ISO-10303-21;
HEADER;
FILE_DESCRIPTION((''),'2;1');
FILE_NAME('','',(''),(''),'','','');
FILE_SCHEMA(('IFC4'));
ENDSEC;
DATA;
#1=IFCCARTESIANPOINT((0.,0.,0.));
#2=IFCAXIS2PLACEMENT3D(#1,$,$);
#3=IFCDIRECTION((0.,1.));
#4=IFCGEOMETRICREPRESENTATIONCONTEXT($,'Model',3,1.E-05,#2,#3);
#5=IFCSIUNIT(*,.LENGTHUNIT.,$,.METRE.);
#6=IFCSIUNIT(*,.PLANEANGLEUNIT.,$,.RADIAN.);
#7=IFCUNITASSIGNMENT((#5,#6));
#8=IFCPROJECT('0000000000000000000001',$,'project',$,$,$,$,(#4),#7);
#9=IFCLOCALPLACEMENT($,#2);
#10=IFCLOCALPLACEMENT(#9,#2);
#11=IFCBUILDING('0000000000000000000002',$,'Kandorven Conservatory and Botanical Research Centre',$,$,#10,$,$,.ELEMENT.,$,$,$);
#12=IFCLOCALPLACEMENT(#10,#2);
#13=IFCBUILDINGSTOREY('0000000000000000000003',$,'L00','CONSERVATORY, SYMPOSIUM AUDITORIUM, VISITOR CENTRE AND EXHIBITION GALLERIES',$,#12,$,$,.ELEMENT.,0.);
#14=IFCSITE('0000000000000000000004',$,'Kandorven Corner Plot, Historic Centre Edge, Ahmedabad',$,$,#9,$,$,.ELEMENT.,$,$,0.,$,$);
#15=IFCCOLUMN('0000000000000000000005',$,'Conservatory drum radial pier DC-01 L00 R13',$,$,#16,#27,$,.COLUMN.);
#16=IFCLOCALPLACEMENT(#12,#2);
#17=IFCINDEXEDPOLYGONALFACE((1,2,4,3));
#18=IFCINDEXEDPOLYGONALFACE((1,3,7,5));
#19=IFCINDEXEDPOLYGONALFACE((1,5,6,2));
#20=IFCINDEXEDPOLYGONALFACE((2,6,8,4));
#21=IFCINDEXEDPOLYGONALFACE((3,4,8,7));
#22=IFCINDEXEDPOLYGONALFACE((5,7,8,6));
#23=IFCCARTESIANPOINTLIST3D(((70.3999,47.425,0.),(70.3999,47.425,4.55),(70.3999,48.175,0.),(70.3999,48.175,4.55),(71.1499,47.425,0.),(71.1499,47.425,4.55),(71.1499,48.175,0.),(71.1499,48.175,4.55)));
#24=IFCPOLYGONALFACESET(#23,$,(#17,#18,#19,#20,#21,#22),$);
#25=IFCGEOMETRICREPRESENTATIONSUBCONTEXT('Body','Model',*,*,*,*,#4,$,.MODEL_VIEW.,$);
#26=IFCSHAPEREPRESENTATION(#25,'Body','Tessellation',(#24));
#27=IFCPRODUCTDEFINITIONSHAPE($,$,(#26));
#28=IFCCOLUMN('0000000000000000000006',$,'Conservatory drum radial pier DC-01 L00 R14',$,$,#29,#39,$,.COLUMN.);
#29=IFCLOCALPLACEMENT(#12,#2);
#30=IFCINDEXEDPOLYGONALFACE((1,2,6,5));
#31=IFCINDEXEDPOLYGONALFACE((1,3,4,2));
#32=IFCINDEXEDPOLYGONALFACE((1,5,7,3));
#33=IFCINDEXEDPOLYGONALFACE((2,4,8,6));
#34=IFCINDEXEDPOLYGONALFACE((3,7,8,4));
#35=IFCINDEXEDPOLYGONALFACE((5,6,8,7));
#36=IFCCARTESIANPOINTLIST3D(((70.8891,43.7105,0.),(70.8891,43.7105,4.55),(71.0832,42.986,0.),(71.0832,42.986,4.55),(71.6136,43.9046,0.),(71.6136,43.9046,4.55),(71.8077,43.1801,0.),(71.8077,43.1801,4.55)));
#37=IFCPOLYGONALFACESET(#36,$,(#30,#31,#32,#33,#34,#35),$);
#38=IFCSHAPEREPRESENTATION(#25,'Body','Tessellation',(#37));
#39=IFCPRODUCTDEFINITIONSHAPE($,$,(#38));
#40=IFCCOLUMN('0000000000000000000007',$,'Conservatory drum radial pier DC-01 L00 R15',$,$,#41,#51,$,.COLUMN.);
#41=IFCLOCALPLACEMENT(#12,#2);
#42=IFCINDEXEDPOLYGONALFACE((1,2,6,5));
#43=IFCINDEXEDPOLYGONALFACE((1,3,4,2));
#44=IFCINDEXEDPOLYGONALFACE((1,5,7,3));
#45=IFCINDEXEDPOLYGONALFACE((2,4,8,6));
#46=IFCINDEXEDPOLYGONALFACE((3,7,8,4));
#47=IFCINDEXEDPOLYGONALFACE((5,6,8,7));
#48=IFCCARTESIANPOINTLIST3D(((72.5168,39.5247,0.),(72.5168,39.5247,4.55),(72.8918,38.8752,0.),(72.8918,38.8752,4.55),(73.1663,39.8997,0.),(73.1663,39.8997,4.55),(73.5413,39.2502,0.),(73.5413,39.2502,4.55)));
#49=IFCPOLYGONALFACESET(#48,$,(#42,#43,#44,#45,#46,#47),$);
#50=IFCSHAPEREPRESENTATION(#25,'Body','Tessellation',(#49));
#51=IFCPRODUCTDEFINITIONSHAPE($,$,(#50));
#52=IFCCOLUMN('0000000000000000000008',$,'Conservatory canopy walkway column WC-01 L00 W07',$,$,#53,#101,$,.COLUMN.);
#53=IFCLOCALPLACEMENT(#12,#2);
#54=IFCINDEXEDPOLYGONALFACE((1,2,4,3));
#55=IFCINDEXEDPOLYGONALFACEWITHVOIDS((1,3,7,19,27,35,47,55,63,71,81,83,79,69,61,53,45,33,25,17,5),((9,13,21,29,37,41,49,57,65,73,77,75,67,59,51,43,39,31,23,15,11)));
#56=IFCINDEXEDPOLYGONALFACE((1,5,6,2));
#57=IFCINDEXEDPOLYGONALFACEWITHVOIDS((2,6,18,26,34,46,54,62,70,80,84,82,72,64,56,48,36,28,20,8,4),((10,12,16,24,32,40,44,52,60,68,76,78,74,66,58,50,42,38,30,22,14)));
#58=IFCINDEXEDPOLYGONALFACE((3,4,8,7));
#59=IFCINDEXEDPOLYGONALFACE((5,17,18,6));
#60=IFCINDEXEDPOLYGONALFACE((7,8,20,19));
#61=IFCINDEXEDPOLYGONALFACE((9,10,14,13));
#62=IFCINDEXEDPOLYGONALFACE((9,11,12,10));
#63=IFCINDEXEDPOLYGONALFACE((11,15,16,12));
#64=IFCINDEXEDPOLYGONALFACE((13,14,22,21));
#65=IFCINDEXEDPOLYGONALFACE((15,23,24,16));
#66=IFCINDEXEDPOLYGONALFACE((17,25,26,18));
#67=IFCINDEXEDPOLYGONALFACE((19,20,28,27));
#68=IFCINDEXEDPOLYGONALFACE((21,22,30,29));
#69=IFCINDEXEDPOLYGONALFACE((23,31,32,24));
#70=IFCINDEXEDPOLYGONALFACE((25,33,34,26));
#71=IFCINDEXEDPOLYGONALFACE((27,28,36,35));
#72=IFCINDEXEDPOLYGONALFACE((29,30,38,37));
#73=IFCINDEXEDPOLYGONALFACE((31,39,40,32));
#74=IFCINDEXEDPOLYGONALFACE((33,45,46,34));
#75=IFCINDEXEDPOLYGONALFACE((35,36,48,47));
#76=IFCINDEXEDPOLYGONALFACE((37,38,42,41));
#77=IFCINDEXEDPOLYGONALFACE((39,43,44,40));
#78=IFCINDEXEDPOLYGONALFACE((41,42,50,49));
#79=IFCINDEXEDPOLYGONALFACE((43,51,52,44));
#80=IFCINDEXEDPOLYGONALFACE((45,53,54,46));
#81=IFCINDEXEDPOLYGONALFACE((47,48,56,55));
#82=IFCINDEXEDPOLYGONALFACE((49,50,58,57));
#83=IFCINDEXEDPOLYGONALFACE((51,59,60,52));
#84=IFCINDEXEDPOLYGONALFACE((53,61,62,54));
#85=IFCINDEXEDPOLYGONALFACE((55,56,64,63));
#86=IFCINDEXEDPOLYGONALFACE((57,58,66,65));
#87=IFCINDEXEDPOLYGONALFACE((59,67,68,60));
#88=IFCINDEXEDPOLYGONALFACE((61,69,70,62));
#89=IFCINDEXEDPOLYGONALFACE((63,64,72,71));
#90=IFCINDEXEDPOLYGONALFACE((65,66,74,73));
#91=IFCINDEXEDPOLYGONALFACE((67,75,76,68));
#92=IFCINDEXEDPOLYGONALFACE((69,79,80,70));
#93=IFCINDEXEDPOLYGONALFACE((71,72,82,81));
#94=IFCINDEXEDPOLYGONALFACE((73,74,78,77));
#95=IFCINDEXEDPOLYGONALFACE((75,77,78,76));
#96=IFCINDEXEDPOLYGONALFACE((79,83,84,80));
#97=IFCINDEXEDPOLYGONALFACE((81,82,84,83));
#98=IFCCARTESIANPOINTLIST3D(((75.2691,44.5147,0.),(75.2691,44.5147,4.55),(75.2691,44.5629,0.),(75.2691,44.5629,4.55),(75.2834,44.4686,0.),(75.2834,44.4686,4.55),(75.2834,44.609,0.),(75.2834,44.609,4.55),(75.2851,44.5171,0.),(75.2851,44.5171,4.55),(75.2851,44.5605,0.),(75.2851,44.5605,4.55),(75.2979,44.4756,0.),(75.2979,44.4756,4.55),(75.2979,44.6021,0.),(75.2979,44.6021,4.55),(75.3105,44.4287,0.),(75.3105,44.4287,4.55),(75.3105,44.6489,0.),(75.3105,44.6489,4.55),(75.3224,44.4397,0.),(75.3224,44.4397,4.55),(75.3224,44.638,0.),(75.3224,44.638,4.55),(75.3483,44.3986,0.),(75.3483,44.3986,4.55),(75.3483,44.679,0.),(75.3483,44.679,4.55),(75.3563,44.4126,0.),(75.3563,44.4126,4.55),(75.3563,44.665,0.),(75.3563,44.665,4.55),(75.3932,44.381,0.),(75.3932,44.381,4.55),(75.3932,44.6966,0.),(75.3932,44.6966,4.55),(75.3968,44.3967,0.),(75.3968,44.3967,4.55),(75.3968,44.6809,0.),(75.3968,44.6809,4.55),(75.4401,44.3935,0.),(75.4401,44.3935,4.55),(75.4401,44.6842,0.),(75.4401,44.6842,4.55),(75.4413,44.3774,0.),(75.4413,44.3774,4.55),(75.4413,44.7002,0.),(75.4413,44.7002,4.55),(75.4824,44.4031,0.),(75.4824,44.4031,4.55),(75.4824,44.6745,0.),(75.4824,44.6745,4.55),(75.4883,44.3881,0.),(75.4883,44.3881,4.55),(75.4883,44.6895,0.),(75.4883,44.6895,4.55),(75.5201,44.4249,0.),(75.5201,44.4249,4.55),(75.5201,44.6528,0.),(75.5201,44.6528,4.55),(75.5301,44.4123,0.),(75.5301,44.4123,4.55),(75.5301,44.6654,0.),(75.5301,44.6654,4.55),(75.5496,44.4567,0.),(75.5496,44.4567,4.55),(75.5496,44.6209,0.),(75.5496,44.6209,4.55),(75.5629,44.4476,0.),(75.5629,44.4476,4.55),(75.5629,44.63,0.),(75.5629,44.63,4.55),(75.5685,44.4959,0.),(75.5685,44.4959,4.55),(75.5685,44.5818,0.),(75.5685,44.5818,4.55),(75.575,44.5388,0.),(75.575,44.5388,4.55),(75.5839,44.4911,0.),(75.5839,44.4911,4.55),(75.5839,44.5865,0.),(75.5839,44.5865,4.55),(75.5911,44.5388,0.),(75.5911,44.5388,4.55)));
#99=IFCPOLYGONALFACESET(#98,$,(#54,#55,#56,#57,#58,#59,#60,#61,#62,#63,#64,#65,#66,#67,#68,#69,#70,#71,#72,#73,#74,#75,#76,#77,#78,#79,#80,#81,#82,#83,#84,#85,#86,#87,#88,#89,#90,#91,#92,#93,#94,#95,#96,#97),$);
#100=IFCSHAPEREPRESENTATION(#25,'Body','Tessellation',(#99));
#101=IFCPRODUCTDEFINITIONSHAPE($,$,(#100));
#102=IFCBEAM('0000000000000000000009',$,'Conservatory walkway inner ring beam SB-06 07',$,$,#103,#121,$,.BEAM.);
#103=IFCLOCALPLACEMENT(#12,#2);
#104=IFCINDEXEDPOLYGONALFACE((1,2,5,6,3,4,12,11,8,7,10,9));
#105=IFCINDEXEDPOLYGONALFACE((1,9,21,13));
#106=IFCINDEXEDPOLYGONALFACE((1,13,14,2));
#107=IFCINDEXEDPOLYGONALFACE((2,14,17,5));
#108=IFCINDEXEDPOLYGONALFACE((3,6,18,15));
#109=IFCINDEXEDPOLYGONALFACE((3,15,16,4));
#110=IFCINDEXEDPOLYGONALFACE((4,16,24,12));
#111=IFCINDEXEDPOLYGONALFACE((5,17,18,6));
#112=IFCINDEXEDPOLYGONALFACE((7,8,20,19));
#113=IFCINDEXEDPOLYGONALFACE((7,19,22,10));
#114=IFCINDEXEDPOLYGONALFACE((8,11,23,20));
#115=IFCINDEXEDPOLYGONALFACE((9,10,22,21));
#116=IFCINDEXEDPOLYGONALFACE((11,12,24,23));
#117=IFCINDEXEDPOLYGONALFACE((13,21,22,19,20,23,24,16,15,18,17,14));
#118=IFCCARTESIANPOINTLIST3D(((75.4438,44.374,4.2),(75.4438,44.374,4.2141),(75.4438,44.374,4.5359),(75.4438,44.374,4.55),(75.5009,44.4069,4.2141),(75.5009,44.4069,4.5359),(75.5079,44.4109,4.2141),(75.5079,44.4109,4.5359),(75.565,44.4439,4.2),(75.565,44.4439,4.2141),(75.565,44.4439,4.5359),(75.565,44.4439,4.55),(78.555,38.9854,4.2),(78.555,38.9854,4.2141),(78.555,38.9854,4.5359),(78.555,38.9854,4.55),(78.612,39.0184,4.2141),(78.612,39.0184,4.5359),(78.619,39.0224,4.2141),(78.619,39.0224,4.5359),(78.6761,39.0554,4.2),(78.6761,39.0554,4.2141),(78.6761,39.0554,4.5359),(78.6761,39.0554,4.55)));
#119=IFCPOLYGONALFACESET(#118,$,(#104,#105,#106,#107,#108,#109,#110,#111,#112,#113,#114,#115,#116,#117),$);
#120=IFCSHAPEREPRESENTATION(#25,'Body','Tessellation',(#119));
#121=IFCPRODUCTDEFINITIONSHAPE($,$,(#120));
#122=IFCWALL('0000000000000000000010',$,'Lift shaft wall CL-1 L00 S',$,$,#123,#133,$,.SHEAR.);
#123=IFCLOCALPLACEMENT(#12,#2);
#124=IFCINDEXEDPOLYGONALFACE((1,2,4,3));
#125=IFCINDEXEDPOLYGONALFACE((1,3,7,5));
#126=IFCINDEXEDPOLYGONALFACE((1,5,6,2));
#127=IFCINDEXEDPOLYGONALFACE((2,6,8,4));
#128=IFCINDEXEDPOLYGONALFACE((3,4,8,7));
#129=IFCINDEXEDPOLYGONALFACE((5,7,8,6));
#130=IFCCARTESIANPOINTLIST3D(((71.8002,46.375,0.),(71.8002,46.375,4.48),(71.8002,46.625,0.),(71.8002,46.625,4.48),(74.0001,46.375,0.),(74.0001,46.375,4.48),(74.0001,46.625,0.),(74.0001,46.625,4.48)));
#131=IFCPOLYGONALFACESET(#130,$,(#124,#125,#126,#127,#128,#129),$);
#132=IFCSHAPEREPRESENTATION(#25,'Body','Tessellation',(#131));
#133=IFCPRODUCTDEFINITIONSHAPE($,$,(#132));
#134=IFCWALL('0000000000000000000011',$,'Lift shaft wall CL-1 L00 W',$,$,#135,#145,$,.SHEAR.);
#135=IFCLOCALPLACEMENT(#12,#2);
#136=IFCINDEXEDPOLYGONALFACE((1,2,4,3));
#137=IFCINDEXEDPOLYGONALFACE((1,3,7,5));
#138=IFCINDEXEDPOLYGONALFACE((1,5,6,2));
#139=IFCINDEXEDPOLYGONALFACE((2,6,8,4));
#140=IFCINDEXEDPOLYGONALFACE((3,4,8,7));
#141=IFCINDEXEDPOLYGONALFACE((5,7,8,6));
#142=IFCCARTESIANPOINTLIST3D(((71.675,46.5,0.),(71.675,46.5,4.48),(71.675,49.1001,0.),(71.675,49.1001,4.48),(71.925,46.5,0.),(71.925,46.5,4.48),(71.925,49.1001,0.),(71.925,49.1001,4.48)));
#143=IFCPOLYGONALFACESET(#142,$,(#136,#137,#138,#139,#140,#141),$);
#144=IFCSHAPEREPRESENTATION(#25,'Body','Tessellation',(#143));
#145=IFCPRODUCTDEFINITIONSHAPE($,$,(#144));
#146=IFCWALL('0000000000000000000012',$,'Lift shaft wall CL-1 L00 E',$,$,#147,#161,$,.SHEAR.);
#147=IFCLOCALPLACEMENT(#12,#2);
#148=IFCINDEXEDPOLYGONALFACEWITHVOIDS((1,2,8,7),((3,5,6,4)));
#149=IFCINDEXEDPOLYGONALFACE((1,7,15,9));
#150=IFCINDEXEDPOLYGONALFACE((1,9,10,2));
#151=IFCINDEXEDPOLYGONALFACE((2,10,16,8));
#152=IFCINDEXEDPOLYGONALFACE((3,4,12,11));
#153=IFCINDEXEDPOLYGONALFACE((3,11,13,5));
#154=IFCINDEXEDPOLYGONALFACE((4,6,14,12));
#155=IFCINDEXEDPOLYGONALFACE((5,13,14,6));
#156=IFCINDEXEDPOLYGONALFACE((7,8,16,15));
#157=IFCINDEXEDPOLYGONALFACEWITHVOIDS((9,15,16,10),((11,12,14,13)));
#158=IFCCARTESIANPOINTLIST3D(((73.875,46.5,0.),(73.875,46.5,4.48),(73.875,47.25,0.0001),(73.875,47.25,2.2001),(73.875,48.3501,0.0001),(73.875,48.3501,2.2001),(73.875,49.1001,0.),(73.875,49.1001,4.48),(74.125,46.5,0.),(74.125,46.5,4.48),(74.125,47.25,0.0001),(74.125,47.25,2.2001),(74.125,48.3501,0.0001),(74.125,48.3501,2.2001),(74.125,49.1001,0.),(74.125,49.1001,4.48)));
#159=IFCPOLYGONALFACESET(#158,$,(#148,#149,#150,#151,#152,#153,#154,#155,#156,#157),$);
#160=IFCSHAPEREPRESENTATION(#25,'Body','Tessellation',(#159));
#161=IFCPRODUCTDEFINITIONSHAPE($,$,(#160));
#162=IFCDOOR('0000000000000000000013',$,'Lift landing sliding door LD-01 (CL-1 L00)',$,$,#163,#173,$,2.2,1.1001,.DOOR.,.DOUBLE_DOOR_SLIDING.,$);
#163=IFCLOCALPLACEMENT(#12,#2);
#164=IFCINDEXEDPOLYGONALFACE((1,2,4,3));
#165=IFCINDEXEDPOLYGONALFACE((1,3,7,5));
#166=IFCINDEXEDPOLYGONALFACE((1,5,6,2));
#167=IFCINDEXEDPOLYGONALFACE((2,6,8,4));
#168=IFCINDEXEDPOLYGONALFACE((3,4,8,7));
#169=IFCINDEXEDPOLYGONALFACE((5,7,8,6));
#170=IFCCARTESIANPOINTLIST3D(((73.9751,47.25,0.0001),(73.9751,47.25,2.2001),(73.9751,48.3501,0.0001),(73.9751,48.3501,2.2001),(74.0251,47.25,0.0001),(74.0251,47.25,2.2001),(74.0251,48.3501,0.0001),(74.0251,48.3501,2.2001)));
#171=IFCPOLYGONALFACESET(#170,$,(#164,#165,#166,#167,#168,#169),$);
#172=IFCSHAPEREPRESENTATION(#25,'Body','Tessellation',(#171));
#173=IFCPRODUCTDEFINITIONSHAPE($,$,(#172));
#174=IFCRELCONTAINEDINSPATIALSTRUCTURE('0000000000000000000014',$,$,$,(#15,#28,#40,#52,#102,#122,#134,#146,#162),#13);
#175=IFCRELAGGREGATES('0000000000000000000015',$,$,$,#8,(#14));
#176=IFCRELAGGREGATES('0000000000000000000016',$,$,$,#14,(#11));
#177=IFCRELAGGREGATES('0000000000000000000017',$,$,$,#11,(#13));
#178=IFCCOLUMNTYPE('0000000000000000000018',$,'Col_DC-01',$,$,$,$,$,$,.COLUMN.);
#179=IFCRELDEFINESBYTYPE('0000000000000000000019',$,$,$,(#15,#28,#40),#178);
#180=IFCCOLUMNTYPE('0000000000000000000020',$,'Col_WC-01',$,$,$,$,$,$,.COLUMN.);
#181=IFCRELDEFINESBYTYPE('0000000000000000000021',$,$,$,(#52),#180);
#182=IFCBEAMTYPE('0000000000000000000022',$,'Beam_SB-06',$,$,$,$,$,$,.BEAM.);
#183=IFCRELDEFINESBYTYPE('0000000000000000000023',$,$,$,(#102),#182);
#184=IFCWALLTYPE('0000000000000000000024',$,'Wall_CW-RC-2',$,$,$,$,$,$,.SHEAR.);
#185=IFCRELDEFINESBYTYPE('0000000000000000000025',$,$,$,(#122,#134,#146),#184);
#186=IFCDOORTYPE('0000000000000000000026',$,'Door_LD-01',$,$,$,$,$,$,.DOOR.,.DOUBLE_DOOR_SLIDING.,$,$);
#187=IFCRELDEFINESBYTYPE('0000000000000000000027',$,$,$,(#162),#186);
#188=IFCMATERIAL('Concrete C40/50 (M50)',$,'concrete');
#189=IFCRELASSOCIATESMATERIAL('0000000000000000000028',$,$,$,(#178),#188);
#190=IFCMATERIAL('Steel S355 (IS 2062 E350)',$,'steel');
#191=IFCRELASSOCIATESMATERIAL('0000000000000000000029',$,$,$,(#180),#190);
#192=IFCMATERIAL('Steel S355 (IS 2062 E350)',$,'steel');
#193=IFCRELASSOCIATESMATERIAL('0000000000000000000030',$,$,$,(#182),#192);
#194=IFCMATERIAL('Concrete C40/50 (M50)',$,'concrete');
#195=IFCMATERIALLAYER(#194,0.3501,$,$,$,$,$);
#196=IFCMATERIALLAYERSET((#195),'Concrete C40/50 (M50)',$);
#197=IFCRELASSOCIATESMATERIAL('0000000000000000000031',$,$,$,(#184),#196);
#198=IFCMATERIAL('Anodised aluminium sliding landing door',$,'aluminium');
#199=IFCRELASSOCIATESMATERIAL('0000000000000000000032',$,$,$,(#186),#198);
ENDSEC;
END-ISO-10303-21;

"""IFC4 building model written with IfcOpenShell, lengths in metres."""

from ifc_helpers import new_model, si_unit, direction, frame, frame_2d, origin, origin_2d, place, context, subcontext, project, spatial, rectangle, hollow_circle, i_section, extrude, material, layer, layer_set, material_profile, profile_set, type_object, element, fill, save


model = new_model("IFC4")

# Units and contexts
model_context = context("Model", 3, precision=1e-05, world=origin(), true_north=direction((0.0, 1.0)))
body_context = subcontext(model_context, "Body", "Model", "MODEL_VIEW")
ifc_project = project(units=[si_unit("LENGTHUNIT", "METRE"), si_unit("PLANEANGLEUNIT", "RADIAN")], contexts=[model_context])

# Site, building, storey
site_placement = place(None, origin())
site = spatial("IfcSite", under=ifc_project, at=site_placement, Name="Kandorven Corner Plot, Historic Centre Edge, Ahmedabad", CompositionType="ELEMENT", RefElevation=0.0)
building_placement = place(site_placement, origin())
building = spatial("IfcBuilding", under=site, at=building_placement, Name="Kandorven Conservatory and Botanical Research Centre", CompositionType="ELEMENT")
storey_placement = place(building_placement, origin())
storey = spatial("IfcBuildingStorey", under=building, at=storey_placement, Name="L00", Description="CONSERVATORY, SYMPOSIUM AUDITORIUM, VISITOR CENTRE AND EXHIBITION GALLERIES", CompositionType="ELEMENT", Elevation=0.0)

# Columns
ifc_material_1 = material(Name="Concrete C40/50 (M50)", Category="concrete")
ifc_material_profile_1 = material_profile(ifc_material_1, rectangle(XDim=0.75, YDim=0.75, at=origin_2d()))
ifc_profile_set_1 = profile_set([ifc_material_profile_1], Name="Concrete C40/50 (M50)")
column_type_1 = type_object("IfcColumnType", Name="Col_DC-01", PredefinedType="COLUMN", material=ifc_profile_set_1)
for number, where, z_axis, x_axis, name in (
    (1, (70.7749, 47.8, 0.0), (0.0, 0.0, 1.0), (-1.0, 0.0, 0.0), "Conservatory drum radial pier DC-01 L00 R13"),
    (2, (71.3484, 43.4453, 0.0), (0.0, 0.0, 1.0), (-0.965926, -0.258819, 0.0), "Conservatory drum radial pier DC-01 L00 R14"),
    (3, (73.0291, 39.3875, 0.0), (0.0, 0.0, 1.0), (-0.866025, -0.5, 0.0), "Conservatory drum radial pier DC-01 L00 R15"),
):
    element("IfcColumn", number, at=place(storey_placement, frame(where, z_axis=z_axis, x_axis=x_axis)), inside=storey, type_object=column_type_1, Name=name, PredefinedType="COLUMN", context=body_context, shape_type="SweptSolid", body=[
        extrude(rectangle(XDim=0.75, YDim=0.75, at=origin_2d()), origin(), (0.0, 0.0, 1.0), 4.55),
    ])
ifc_material_2 = material(Name="Steel S355 (IS 2062 E350)", Category="steel")
ifc_material_profile_2 = material_profile(ifc_material_2, hollow_circle(Radius=0.1619, WallThickness=0.0161, at=origin_2d()))
ifc_profile_set_2 = profile_set([ifc_material_profile_2], Name="Steel S355 (IS 2062 E350)")
column_type_2 = type_object("IfcColumnType", Name="Col_WC-01", PredefinedType="COLUMN", material=ifc_profile_set_2)
column_placement = place(storey_placement, frame((75.4292, 44.5388, 0.0), z_axis=(0.0, 0.0, 1.0), x_axis=(1.0, 0.0, 0.0)))
element("IfcColumn", 4, at=column_placement, inside=storey, type_object=column_type_2, Name="Conservatory canopy walkway column WC-01 L00 W07", PredefinedType="COLUMN", context=body_context, shape_type="SweptSolid", body=[
    extrude(hollow_circle(Radius=0.1619, WallThickness=0.0161, at=origin_2d()), origin(), (0.0, 0.0, 1.0), 4.55),
])

# Beam
ifc_material_3 = material(Name="Steel S355 (IS 2062 E350)", Category="steel")
ifc_material_profile_3 = material_profile(ifc_material_3, i_section(OverallWidth=0.1399, OverallDepth=0.3501, WebThickness=0.0081, FlangeThickness=0.0142, at=origin_2d()))
ifc_profile_set_3 = profile_set([ifc_material_profile_3], Name="Steel S355 (IS 2062 E350)")
beam_type = type_object("IfcBeamType", Name="Beam_SB-06", PredefinedType="BEAM", material=ifc_profile_set_3)
beam_placement = place(storey_placement, frame((75.5044, 44.4089, 4.375), z_axis=(0.500009, -0.86602, 0.0), x_axis=(0.86602, 0.500009, 0.0)))
element("IfcBeam", 5, at=beam_placement, inside=storey, type_object=beam_type, Name="Conservatory walkway inner ring beam SB-06 07", PredefinedType="BEAM", context=body_context, shape_type="SweptSolid", body=[
    extrude(i_section(OverallWidth=0.1399, OverallDepth=0.3501, WebThickness=0.0081, FlangeThickness=0.0142, at=origin_2d()), origin(), (0.0, 0.0, 1.0), 6.2222),
])

# Walls
ifc_material_4 = material(Name="Concrete C40/50 (M50)", Category="concrete")
ifc_layer_1 = layer(ifc_material_4, 0.3501)
ifc_layer_set_1 = layer_set([ifc_layer_1], Name="Concrete C40/50 (M50)")
wall_type_1 = type_object("IfcWallType", Name="Wall_CW-RC-2", PredefinedType="SHEAR", material=ifc_layer_set_1)
wall_1_placement = place(storey_placement, frame((71.8, 46.5, 0.0), z_axis=(0.0, 0.0, 1.0), x_axis=(1.0, 0.0, 0.0)))
element("IfcWall", 6, at=wall_1_placement, inside=storey, type_object=wall_type_1, Name="Lift shaft wall CL-1 L00 S", PredefinedType="SHEAR", context=body_context, shape_type="SweptSolid", body=[
    extrude(rectangle(XDim=2.2, YDim=0.25, at=frame_2d((1.1001, 0.0))), origin(), (0.0, 0.0, 1.0), 4.48),
])
wall_2_placement = place(storey_placement, frame((71.8, 46.5, 0.0), z_axis=(0.0, 0.0, 1.0), x_axis=(0.0, 1.0, 0.0)))
element("IfcWall", 7, at=wall_2_placement, inside=storey, type_object=wall_type_1, Name="Lift shaft wall CL-1 L00 W", PredefinedType="SHEAR", context=body_context, shape_type="SweptSolid", body=[
    extrude(rectangle(XDim=2.6001, YDim=0.25, at=frame_2d((1.3, 0.0))), origin(), (0.0, 0.0, 1.0), 4.48),
])

# Wall, opening, door
wall_3_placement = place(storey_placement, frame((74.0, 46.5, 0.0), z_axis=(0.0, 0.0, 1.0), x_axis=(0.0, 1.0, 0.0)))
wall_3 = element("IfcWall", 8, at=wall_3_placement, inside=storey, type_object=wall_type_1, Name="Lift shaft wall CL-1 L00 E", PredefinedType="SHEAR", context=body_context, shape_type="SweptSolid", body=[
    extrude(rectangle(XDim=2.6001, YDim=0.25, at=frame_2d((1.3, 0.0))), origin(), (0.0, 0.0, 1.0), 4.48),
])
opening_1_placement = place(wall_3_placement, frame((0.75, 0.0, 0.0)))
opening_1 = element("IfcOpeningElement", 9, at=opening_1_placement, cuts=wall_3, PredefinedType="OPENING", context=body_context, shape_type="SweptSolid", body=[
    extrude(rectangle(XDim=1.1001, YDim=2.2, at=frame_2d((0.55, 1.1001))), frame((0.0, 0.135, 0.0), z_axis=(0.0, -1.0, 0.0), x_axis=(1.0, 0.0, 0.0)), (0.0, 0.0, 1.0), 0.27),
])
ifc_material_5 = material(Name="Anodised aluminium sliding landing door", Category="aluminium")
door_type_1 = type_object("IfcDoorType", Name="Door_LD-01", OperationType="DOUBLE_DOOR_SLIDING", PredefinedType="DOOR", material=ifc_material_5)
door_1_placement = place(opening_1_placement, origin())
door_1 = element("IfcDoor", 10, at=door_1_placement, inside=storey, type_object=door_type_1, Name="Lift landing sliding door LD-01 (CL-1 L00)", OperationType="DOUBLE_DOOR_SLIDING", OverallHeight=2.2, OverallWidth=1.1001, PredefinedType="DOOR", context=body_context, shape_type="SweptSolid", body=[
    extrude(rectangle(XDim=1.1001, YDim=2.2, at=frame_2d((0.55, 1.1001))), frame((0.0, 0.0249, 0.0), z_axis=(0.0, -1.0, 0.0), x_axis=(1.0, 0.0, 0.0)), (0.0, 0.0, 1.0), 0.05),
])
fill(opening_1, door_1)

save(model, "model.ifc")
